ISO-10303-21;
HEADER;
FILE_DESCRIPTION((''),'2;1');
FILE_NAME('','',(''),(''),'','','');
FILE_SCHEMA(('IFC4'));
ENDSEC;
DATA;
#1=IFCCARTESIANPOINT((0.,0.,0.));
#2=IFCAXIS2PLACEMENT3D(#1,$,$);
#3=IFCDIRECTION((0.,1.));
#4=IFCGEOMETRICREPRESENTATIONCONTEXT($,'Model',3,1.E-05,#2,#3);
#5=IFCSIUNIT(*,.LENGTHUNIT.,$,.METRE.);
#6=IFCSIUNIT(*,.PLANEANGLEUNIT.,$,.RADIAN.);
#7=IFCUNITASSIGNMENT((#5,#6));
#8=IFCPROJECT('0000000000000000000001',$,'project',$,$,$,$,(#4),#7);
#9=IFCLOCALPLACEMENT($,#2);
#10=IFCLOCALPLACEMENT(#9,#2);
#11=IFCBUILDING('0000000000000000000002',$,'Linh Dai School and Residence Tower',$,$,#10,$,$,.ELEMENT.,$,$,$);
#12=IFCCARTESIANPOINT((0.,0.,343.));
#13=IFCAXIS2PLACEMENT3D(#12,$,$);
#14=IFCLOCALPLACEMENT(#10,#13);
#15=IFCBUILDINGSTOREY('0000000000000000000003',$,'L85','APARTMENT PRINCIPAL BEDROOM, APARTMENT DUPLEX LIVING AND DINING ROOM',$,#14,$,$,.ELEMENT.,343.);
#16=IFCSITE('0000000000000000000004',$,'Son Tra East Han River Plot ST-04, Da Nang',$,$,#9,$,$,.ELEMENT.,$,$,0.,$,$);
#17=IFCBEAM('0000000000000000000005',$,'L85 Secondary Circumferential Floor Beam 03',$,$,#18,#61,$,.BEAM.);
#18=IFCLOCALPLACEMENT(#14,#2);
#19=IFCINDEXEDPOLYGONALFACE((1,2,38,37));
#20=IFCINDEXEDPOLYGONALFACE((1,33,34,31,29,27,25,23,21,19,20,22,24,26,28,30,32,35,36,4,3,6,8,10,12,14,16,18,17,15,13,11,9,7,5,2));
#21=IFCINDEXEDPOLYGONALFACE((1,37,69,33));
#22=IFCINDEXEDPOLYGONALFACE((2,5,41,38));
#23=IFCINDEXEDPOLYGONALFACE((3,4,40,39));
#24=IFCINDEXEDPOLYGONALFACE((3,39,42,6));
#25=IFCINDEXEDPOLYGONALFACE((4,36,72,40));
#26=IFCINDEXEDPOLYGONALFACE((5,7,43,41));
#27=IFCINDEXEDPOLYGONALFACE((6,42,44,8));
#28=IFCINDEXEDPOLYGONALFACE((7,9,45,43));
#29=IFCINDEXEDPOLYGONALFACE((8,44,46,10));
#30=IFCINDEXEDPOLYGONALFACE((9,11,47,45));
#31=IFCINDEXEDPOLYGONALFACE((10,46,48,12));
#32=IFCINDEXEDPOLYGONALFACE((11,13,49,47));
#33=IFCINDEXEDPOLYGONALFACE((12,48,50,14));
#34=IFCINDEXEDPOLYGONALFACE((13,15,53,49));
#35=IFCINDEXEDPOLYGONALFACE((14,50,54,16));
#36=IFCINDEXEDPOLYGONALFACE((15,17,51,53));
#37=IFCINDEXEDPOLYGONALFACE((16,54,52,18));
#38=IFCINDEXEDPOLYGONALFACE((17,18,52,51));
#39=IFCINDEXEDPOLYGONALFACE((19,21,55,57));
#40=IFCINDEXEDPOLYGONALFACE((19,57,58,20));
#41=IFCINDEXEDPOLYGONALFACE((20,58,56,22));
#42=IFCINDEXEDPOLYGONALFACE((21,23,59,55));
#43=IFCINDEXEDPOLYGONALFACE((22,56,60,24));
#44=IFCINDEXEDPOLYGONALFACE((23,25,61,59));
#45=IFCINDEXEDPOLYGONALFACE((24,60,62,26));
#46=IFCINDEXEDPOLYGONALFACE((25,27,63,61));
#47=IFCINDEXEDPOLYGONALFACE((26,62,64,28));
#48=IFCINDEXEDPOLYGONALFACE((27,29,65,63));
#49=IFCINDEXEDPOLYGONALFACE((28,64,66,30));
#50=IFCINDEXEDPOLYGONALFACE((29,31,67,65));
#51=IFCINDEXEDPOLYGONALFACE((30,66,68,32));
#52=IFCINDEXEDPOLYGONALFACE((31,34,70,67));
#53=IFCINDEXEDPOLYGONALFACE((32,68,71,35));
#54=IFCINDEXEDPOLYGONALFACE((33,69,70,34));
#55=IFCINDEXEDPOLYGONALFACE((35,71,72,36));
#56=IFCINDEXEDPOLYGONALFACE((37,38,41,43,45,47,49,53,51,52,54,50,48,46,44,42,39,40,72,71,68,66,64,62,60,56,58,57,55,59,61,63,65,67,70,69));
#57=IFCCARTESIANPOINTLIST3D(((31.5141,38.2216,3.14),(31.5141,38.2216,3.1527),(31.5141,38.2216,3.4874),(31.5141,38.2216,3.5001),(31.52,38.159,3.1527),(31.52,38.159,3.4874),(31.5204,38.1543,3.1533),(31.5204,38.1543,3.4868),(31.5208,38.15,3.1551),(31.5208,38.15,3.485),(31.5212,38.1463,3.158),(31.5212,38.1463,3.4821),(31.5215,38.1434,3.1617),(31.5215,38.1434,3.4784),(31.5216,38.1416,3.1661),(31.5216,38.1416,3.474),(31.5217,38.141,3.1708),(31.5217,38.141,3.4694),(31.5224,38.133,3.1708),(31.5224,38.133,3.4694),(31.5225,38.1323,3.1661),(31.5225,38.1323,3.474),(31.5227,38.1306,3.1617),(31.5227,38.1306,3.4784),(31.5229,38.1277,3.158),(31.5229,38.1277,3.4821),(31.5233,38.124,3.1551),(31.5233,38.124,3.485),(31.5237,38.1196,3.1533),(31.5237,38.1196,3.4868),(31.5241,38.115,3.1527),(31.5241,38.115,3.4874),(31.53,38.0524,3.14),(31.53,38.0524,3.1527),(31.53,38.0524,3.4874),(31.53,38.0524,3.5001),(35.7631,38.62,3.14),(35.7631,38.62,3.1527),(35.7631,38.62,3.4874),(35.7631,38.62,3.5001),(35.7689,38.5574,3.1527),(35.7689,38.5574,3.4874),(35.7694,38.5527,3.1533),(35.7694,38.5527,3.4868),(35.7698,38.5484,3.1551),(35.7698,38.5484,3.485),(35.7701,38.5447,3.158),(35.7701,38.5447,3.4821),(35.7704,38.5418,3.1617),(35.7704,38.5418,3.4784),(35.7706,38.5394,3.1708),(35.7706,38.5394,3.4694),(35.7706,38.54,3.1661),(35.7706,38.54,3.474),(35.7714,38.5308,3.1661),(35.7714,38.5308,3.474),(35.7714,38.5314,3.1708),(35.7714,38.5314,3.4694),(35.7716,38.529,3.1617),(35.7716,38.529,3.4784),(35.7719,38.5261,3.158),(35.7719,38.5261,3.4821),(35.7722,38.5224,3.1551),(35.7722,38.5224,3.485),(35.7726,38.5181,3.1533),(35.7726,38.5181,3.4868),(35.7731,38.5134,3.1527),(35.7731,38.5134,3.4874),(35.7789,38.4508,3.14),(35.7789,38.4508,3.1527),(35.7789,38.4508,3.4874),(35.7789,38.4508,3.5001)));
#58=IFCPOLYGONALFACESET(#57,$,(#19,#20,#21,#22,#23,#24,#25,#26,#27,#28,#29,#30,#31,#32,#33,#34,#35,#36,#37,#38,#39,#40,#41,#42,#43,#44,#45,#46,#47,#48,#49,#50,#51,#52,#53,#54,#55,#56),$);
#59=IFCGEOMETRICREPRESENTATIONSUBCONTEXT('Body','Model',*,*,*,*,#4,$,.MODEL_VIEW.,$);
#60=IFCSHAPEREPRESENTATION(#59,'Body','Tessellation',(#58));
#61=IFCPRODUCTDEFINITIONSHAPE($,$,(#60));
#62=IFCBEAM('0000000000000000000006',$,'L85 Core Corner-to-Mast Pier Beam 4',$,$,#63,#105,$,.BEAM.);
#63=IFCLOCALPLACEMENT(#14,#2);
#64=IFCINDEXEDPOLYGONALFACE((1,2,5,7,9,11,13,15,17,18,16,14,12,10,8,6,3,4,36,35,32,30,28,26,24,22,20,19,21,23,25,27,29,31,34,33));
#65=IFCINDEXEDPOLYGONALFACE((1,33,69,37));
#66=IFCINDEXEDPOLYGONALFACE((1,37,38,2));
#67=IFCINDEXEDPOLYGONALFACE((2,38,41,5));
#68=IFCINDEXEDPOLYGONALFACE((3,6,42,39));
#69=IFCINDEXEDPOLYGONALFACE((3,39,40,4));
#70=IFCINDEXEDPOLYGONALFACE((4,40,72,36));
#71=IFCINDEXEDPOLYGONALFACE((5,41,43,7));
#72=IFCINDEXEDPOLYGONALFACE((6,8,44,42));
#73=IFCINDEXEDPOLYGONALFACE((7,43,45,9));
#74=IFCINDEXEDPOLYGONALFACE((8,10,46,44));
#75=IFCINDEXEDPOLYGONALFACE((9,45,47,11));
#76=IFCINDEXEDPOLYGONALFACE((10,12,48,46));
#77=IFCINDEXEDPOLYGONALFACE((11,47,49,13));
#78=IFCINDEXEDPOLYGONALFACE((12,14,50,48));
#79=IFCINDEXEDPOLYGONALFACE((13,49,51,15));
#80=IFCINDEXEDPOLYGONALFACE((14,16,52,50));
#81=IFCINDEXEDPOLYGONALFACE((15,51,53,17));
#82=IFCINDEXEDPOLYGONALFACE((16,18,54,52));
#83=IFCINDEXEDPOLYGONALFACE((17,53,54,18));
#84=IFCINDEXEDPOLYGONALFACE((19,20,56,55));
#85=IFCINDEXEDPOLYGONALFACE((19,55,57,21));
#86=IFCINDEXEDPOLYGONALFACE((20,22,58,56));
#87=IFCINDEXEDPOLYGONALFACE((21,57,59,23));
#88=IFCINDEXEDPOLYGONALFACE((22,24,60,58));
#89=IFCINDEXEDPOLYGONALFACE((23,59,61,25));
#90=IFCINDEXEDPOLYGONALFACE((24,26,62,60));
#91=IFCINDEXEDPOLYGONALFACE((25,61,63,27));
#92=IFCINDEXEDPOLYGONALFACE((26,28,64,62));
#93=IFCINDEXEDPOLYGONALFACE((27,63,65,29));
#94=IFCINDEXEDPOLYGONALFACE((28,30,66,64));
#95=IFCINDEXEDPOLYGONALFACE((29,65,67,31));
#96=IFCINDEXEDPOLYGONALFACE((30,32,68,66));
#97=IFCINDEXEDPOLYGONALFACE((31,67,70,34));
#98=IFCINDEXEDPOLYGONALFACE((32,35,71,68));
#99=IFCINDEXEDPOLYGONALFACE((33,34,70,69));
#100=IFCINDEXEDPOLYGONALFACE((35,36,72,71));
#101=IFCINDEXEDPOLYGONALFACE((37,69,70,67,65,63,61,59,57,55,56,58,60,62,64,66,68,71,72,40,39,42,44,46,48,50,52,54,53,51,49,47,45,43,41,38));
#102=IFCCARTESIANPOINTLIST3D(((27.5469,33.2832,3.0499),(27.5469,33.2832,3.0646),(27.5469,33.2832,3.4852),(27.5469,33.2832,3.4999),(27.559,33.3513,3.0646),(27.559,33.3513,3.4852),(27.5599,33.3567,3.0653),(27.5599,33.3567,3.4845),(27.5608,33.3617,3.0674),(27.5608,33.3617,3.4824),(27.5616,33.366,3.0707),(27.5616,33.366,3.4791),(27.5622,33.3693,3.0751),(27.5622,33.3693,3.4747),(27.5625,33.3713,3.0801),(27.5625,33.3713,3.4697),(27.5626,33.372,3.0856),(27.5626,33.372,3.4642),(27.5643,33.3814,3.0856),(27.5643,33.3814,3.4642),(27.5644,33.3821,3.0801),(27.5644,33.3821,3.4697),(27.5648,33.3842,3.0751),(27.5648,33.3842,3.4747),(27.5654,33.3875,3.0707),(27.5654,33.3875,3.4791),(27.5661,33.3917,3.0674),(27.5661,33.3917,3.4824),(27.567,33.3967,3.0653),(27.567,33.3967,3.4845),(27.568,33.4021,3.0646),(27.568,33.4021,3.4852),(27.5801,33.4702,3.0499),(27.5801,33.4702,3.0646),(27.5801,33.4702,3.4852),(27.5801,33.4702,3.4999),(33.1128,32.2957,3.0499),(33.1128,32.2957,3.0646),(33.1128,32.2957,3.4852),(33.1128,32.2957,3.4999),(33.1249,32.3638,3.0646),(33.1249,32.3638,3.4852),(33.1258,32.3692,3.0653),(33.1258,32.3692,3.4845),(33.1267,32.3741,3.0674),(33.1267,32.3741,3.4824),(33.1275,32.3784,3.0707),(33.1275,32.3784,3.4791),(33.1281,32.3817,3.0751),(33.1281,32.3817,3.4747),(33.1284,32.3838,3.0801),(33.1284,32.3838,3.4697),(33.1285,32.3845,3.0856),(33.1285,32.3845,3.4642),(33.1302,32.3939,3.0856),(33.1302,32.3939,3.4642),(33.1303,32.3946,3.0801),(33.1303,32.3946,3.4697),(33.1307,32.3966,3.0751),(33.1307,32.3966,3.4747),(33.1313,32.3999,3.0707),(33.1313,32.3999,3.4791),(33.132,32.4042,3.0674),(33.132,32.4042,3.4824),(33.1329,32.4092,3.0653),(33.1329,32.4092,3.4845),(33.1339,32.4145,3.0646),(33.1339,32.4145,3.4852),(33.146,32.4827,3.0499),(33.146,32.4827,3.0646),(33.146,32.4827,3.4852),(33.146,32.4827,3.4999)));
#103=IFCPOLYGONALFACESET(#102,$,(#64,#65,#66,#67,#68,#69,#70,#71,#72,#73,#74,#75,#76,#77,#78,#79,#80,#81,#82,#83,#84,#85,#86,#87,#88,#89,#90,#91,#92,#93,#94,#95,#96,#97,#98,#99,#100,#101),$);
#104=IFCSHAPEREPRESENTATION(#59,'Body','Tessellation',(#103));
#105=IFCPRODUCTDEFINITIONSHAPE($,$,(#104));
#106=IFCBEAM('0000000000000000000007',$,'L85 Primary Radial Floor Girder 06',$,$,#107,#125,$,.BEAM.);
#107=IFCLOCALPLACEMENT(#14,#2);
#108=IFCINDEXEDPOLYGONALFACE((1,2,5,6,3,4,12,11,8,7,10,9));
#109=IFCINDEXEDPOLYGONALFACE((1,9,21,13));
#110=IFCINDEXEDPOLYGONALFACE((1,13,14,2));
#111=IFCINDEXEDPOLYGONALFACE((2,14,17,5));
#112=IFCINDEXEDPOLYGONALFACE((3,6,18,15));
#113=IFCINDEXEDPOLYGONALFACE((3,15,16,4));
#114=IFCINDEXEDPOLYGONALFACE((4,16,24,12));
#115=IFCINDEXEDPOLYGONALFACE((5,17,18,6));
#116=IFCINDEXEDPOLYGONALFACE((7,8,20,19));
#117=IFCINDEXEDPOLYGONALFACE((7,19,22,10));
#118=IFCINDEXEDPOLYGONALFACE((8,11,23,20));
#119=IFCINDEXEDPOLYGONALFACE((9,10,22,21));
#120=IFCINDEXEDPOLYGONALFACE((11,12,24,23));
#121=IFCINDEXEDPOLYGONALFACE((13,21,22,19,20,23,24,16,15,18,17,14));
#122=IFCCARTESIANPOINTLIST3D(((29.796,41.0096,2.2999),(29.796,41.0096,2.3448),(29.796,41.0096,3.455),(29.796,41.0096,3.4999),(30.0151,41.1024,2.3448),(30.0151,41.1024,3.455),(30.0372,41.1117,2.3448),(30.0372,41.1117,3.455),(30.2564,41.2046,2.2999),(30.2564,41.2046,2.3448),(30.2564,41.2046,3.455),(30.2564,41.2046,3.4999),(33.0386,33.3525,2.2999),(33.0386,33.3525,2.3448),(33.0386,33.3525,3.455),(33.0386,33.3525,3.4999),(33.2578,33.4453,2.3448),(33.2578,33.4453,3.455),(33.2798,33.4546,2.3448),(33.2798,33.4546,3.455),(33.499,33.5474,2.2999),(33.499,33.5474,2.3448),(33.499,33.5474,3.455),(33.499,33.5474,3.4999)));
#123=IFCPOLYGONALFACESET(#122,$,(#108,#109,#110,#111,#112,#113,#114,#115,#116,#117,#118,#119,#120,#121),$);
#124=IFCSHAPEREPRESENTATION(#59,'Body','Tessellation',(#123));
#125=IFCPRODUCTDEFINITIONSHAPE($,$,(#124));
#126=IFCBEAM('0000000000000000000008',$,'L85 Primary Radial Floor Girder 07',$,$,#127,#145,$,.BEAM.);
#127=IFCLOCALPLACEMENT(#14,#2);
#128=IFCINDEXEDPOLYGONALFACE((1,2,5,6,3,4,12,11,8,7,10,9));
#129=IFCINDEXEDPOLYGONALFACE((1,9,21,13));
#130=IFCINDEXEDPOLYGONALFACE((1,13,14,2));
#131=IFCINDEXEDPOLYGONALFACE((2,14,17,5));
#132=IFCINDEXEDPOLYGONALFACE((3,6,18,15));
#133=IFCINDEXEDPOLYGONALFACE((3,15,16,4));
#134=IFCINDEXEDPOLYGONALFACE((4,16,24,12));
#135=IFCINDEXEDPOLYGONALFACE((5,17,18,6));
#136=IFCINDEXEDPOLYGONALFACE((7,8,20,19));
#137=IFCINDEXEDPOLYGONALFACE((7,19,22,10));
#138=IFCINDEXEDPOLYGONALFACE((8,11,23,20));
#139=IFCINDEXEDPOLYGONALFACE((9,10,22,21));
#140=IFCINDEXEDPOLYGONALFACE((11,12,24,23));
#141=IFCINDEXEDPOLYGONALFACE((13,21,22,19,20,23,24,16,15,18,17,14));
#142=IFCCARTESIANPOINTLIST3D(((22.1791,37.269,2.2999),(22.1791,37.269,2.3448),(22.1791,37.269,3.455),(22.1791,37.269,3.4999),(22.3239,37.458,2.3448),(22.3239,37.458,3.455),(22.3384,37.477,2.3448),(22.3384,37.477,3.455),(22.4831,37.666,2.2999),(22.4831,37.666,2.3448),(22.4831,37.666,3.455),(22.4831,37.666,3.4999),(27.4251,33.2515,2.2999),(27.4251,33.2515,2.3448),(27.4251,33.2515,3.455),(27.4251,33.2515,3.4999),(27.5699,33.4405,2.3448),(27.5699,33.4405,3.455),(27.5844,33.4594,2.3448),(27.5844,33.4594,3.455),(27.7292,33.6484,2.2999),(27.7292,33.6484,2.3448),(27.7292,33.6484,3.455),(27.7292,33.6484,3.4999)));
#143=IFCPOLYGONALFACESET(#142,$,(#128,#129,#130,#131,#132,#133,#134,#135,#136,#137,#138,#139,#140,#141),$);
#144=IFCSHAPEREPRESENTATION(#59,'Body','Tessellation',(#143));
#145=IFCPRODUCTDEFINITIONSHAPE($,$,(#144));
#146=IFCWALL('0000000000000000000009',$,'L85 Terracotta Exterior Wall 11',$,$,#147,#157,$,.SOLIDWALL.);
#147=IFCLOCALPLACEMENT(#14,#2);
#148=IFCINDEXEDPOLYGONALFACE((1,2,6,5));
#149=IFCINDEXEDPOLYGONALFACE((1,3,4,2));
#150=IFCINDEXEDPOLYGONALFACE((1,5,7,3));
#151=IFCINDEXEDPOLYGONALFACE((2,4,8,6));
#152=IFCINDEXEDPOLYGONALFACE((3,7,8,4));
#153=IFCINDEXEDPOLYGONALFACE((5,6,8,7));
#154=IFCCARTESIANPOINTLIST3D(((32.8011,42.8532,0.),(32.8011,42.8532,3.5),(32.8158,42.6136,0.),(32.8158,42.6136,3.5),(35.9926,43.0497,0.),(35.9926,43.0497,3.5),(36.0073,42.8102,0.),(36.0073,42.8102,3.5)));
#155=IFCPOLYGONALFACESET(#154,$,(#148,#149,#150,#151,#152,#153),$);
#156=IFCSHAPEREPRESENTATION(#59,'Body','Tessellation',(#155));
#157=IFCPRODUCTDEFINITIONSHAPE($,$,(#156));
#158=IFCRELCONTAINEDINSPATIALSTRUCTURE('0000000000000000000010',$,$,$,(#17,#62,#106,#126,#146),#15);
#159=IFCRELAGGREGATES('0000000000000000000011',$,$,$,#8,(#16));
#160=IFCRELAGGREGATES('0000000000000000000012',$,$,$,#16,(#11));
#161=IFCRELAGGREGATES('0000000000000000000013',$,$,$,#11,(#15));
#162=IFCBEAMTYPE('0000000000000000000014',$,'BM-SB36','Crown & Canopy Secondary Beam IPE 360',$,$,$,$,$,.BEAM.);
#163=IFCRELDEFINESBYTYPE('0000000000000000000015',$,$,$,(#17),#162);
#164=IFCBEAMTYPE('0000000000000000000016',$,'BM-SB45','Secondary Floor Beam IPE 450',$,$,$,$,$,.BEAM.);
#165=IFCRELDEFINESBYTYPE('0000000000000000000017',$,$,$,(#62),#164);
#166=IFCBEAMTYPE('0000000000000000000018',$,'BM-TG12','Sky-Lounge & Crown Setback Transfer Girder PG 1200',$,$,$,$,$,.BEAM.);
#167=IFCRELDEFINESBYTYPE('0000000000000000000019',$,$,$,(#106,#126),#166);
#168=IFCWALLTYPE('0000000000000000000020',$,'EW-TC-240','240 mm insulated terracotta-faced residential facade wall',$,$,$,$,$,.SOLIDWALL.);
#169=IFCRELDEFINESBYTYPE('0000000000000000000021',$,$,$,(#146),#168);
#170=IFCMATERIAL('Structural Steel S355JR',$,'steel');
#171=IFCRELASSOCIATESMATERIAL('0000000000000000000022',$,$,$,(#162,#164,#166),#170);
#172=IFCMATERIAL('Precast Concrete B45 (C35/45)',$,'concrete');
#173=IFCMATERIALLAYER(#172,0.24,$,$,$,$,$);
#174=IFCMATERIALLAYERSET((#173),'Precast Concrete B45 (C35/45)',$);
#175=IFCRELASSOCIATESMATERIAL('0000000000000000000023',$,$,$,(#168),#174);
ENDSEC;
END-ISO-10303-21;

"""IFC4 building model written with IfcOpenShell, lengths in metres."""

from ifc_helpers import new_model, si_unit, direction, frame, frame_2d, origin, origin_2d, place, context, subcontext, project, spatial, rectangle, i_section, extrude, material, layer, layer_set, material_profile, profile_set, type_object, element, save


model = new_model("IFC4")

# Units and contexts
model_context = context("Model", 3, precision=1e-05, world=origin(), true_north=direction((0.0, 1.0)))
body_context = subcontext(model_context, "Body", "Model", "MODEL_VIEW")
ifc_project = project(units=[si_unit("LENGTHUNIT", "METRE"), si_unit("PLANEANGLEUNIT", "RADIAN")], contexts=[model_context])

# Site, building, storey
site_placement = place(None, origin())
site = spatial("IfcSite", under=ifc_project, at=site_placement, Name="Son Tra East Han River Plot ST-04, Da Nang", CompositionType="ELEMENT", RefElevation=0.0)
building_placement = place(site_placement, origin())
building = spatial("IfcBuilding", under=site, at=building_placement, Name="Linh Dai School and Residence Tower", CompositionType="ELEMENT")
storey_placement = place(building_placement, frame((0.0, 0.0, 343.0)))
storey = spatial("IfcBuildingStorey", under=building, at=storey_placement, Name="L85", Description="APARTMENT PRINCIPAL BEDROOM, APARTMENT DUPLEX LIVING AND DINING ROOM", CompositionType="ELEMENT", Elevation=343.0)

# Shared definitions
ifc_material_1 = material(Name="Structural Steel S355JR", Category="steel")

# Beams
ifc_material_profile_1 = material_profile(ifc_material_1, i_section(OverallWidth=0.1699, OverallDepth=0.3601, WebThickness=0.0081, FlangeThickness=0.0127, FilletRadius=0.0181, at=origin_2d()), Name="IPE 360")
ifc_profile_set_1 = profile_set([ifc_material_profile_1], Name="Structural Steel S355JR")
beam_type_1 = type_object("IfcBeamType", Name="BM-SB36", Description="Crown & Canopy Secondary Beam IPE 360", PredefinedType="BEAM", material=ifc_profile_set_1)
beam_1_placement = place(storey_placement, frame((35.771, 38.5354, 3.3201), z_axis=(-0.995632, -0.093362, 0.0), x_axis=(0.093362, -0.995632, 0.0)))
element("IfcBeam", 1, at=beam_1_placement, inside=storey, type_object=beam_type_1, Name="L85 Secondary Circumferential Floor Beam 03", PredefinedType="BEAM", context=body_context, shape_type="SweptSolid", body=[
    extrude(i_section(OverallWidth=0.1699, OverallDepth=0.3601, WebThickness=0.0081, FlangeThickness=0.0127, FilletRadius=0.0181, at=origin_2d()), origin(), (0.0, 0.0, 1.0), 4.2676),
])
ifc_material_profile_2 = material_profile(ifc_material_1, i_section(OverallWidth=0.1899, OverallDepth=0.45, WebThickness=0.0095, FlangeThickness=0.0146, FilletRadius=0.021, at=origin_2d()), Name="IPE 450")
ifc_profile_set_2 = profile_set([ifc_material_profile_2], Name="Structural Steel S355JR")
beam_type_2 = type_object("IfcBeamType", Name="BM-SB45", Description="Secondary Floor Beam IPE 450", PredefinedType="BEAM", material=ifc_profile_set_2)
beam_2_placement = place(storey_placement, frame((27.5635, 33.3767, 3.2749), z_axis=(0.984622, -0.174699, 0.0), x_axis=(0.174699, 0.984622, 0.0)))
element("IfcBeam", 2, at=beam_2_placement, inside=storey, type_object=beam_type_2, Name="L85 Core Corner-to-Mast Pier Beam 4", PredefinedType="BEAM", context=body_context, shape_type="SweptSolid", body=[
    extrude(i_section(OverallWidth=0.1899, OverallDepth=0.45, WebThickness=0.0095, FlangeThickness=0.0146, FilletRadius=0.021, at=origin_2d()), origin(), (0.0, 0.0, 1.0), 5.6528),
])
ifc_material_profile_3 = material_profile(ifc_material_1, i_section(OverallWidth=0.5, OverallDepth=1.2, WebThickness=0.0239, FlangeThickness=0.0449, at=origin_2d()), Name="PG 1200x500x24x45")
ifc_profile_set_3 = profile_set([ifc_material_profile_3], Name="Structural Steel S355JR")
beam_type_3 = type_object("IfcBeamType", Name="BM-TG12", Description="Sky-Lounge & Crown Setback Transfer Girder PG 1200", PredefinedType="BEAM", material=ifc_profile_set_3)
beam_3_placement = place(storey_placement, frame((33.2688, 33.45, 2.8999), z_axis=(-0.389954, 0.920834, 0.0), x_axis=(-0.920834, -0.389954, 0.0)))
element("IfcBeam", 3, at=beam_3_placement, inside=storey, type_object=beam_type_3, Name="L85 Primary Radial Floor Girder 06", PredefinedType="BEAM", context=body_context, shape_type="SweptSolid", body=[
    extrude(i_section(OverallWidth=0.5, OverallDepth=1.2, WebThickness=0.0239, FlangeThickness=0.0449, at=origin_2d()), origin(), (0.0, 0.0, 1.0), 8.3154),
])
beam_4_placement = place(storey_placement, frame((27.5771, 33.45, 2.8999), z_axis=(-0.79393, 0.608009, 0.0), x_axis=(-0.608009, -0.79393, 0.0)))
element("IfcBeam", 4, at=beam_4_placement, inside=storey, type_object=beam_type_3, Name="L85 Primary Radial Floor Girder 07", PredefinedType="BEAM", context=body_context, shape_type="SweptSolid", body=[
    extrude(i_section(OverallWidth=0.5, OverallDepth=1.2, WebThickness=0.0239, FlangeThickness=0.0449, at=origin_2d()), origin(), (0.0, 0.0, 1.0), 6.6077),
])

# Wall
ifc_material_2 = material(Name="Precast Concrete B45 (C35/45)", Category="concrete")
ifc_layer_1 = layer(ifc_material_2, 0.24)
ifc_layer_set_1 = layer_set([ifc_layer_1], Name="Precast Concrete B45 (C35/45)")
wall_type_1 = type_object("IfcWallType", Name="EW-TC-240", Description="240 mm insulated terracotta-faced residential facade wall", PredefinedType="SOLIDWALL", material=ifc_layer_set_1)
wall_1_placement = place(storey_placement, frame((32.8086, 42.7334, 0.0), z_axis=(0.0, 0.0, 1.0), x_axis=(0.998109, 0.061466, 0.0)))
element("IfcWall", 5, at=wall_1_placement, inside=storey, type_object=wall_type_1, Name="L85 Terracotta Exterior Wall 11", PredefinedType="SOLIDWALL", context=body_context, shape_type="SweptSolid", body=[
    extrude(rectangle(XDim=3.1975, YDim=0.24, at=frame_2d((1.5986, 0.0))), origin(), (0.0, 0.0, 1.0), 3.5),
])

save(model, "model.ifc")
